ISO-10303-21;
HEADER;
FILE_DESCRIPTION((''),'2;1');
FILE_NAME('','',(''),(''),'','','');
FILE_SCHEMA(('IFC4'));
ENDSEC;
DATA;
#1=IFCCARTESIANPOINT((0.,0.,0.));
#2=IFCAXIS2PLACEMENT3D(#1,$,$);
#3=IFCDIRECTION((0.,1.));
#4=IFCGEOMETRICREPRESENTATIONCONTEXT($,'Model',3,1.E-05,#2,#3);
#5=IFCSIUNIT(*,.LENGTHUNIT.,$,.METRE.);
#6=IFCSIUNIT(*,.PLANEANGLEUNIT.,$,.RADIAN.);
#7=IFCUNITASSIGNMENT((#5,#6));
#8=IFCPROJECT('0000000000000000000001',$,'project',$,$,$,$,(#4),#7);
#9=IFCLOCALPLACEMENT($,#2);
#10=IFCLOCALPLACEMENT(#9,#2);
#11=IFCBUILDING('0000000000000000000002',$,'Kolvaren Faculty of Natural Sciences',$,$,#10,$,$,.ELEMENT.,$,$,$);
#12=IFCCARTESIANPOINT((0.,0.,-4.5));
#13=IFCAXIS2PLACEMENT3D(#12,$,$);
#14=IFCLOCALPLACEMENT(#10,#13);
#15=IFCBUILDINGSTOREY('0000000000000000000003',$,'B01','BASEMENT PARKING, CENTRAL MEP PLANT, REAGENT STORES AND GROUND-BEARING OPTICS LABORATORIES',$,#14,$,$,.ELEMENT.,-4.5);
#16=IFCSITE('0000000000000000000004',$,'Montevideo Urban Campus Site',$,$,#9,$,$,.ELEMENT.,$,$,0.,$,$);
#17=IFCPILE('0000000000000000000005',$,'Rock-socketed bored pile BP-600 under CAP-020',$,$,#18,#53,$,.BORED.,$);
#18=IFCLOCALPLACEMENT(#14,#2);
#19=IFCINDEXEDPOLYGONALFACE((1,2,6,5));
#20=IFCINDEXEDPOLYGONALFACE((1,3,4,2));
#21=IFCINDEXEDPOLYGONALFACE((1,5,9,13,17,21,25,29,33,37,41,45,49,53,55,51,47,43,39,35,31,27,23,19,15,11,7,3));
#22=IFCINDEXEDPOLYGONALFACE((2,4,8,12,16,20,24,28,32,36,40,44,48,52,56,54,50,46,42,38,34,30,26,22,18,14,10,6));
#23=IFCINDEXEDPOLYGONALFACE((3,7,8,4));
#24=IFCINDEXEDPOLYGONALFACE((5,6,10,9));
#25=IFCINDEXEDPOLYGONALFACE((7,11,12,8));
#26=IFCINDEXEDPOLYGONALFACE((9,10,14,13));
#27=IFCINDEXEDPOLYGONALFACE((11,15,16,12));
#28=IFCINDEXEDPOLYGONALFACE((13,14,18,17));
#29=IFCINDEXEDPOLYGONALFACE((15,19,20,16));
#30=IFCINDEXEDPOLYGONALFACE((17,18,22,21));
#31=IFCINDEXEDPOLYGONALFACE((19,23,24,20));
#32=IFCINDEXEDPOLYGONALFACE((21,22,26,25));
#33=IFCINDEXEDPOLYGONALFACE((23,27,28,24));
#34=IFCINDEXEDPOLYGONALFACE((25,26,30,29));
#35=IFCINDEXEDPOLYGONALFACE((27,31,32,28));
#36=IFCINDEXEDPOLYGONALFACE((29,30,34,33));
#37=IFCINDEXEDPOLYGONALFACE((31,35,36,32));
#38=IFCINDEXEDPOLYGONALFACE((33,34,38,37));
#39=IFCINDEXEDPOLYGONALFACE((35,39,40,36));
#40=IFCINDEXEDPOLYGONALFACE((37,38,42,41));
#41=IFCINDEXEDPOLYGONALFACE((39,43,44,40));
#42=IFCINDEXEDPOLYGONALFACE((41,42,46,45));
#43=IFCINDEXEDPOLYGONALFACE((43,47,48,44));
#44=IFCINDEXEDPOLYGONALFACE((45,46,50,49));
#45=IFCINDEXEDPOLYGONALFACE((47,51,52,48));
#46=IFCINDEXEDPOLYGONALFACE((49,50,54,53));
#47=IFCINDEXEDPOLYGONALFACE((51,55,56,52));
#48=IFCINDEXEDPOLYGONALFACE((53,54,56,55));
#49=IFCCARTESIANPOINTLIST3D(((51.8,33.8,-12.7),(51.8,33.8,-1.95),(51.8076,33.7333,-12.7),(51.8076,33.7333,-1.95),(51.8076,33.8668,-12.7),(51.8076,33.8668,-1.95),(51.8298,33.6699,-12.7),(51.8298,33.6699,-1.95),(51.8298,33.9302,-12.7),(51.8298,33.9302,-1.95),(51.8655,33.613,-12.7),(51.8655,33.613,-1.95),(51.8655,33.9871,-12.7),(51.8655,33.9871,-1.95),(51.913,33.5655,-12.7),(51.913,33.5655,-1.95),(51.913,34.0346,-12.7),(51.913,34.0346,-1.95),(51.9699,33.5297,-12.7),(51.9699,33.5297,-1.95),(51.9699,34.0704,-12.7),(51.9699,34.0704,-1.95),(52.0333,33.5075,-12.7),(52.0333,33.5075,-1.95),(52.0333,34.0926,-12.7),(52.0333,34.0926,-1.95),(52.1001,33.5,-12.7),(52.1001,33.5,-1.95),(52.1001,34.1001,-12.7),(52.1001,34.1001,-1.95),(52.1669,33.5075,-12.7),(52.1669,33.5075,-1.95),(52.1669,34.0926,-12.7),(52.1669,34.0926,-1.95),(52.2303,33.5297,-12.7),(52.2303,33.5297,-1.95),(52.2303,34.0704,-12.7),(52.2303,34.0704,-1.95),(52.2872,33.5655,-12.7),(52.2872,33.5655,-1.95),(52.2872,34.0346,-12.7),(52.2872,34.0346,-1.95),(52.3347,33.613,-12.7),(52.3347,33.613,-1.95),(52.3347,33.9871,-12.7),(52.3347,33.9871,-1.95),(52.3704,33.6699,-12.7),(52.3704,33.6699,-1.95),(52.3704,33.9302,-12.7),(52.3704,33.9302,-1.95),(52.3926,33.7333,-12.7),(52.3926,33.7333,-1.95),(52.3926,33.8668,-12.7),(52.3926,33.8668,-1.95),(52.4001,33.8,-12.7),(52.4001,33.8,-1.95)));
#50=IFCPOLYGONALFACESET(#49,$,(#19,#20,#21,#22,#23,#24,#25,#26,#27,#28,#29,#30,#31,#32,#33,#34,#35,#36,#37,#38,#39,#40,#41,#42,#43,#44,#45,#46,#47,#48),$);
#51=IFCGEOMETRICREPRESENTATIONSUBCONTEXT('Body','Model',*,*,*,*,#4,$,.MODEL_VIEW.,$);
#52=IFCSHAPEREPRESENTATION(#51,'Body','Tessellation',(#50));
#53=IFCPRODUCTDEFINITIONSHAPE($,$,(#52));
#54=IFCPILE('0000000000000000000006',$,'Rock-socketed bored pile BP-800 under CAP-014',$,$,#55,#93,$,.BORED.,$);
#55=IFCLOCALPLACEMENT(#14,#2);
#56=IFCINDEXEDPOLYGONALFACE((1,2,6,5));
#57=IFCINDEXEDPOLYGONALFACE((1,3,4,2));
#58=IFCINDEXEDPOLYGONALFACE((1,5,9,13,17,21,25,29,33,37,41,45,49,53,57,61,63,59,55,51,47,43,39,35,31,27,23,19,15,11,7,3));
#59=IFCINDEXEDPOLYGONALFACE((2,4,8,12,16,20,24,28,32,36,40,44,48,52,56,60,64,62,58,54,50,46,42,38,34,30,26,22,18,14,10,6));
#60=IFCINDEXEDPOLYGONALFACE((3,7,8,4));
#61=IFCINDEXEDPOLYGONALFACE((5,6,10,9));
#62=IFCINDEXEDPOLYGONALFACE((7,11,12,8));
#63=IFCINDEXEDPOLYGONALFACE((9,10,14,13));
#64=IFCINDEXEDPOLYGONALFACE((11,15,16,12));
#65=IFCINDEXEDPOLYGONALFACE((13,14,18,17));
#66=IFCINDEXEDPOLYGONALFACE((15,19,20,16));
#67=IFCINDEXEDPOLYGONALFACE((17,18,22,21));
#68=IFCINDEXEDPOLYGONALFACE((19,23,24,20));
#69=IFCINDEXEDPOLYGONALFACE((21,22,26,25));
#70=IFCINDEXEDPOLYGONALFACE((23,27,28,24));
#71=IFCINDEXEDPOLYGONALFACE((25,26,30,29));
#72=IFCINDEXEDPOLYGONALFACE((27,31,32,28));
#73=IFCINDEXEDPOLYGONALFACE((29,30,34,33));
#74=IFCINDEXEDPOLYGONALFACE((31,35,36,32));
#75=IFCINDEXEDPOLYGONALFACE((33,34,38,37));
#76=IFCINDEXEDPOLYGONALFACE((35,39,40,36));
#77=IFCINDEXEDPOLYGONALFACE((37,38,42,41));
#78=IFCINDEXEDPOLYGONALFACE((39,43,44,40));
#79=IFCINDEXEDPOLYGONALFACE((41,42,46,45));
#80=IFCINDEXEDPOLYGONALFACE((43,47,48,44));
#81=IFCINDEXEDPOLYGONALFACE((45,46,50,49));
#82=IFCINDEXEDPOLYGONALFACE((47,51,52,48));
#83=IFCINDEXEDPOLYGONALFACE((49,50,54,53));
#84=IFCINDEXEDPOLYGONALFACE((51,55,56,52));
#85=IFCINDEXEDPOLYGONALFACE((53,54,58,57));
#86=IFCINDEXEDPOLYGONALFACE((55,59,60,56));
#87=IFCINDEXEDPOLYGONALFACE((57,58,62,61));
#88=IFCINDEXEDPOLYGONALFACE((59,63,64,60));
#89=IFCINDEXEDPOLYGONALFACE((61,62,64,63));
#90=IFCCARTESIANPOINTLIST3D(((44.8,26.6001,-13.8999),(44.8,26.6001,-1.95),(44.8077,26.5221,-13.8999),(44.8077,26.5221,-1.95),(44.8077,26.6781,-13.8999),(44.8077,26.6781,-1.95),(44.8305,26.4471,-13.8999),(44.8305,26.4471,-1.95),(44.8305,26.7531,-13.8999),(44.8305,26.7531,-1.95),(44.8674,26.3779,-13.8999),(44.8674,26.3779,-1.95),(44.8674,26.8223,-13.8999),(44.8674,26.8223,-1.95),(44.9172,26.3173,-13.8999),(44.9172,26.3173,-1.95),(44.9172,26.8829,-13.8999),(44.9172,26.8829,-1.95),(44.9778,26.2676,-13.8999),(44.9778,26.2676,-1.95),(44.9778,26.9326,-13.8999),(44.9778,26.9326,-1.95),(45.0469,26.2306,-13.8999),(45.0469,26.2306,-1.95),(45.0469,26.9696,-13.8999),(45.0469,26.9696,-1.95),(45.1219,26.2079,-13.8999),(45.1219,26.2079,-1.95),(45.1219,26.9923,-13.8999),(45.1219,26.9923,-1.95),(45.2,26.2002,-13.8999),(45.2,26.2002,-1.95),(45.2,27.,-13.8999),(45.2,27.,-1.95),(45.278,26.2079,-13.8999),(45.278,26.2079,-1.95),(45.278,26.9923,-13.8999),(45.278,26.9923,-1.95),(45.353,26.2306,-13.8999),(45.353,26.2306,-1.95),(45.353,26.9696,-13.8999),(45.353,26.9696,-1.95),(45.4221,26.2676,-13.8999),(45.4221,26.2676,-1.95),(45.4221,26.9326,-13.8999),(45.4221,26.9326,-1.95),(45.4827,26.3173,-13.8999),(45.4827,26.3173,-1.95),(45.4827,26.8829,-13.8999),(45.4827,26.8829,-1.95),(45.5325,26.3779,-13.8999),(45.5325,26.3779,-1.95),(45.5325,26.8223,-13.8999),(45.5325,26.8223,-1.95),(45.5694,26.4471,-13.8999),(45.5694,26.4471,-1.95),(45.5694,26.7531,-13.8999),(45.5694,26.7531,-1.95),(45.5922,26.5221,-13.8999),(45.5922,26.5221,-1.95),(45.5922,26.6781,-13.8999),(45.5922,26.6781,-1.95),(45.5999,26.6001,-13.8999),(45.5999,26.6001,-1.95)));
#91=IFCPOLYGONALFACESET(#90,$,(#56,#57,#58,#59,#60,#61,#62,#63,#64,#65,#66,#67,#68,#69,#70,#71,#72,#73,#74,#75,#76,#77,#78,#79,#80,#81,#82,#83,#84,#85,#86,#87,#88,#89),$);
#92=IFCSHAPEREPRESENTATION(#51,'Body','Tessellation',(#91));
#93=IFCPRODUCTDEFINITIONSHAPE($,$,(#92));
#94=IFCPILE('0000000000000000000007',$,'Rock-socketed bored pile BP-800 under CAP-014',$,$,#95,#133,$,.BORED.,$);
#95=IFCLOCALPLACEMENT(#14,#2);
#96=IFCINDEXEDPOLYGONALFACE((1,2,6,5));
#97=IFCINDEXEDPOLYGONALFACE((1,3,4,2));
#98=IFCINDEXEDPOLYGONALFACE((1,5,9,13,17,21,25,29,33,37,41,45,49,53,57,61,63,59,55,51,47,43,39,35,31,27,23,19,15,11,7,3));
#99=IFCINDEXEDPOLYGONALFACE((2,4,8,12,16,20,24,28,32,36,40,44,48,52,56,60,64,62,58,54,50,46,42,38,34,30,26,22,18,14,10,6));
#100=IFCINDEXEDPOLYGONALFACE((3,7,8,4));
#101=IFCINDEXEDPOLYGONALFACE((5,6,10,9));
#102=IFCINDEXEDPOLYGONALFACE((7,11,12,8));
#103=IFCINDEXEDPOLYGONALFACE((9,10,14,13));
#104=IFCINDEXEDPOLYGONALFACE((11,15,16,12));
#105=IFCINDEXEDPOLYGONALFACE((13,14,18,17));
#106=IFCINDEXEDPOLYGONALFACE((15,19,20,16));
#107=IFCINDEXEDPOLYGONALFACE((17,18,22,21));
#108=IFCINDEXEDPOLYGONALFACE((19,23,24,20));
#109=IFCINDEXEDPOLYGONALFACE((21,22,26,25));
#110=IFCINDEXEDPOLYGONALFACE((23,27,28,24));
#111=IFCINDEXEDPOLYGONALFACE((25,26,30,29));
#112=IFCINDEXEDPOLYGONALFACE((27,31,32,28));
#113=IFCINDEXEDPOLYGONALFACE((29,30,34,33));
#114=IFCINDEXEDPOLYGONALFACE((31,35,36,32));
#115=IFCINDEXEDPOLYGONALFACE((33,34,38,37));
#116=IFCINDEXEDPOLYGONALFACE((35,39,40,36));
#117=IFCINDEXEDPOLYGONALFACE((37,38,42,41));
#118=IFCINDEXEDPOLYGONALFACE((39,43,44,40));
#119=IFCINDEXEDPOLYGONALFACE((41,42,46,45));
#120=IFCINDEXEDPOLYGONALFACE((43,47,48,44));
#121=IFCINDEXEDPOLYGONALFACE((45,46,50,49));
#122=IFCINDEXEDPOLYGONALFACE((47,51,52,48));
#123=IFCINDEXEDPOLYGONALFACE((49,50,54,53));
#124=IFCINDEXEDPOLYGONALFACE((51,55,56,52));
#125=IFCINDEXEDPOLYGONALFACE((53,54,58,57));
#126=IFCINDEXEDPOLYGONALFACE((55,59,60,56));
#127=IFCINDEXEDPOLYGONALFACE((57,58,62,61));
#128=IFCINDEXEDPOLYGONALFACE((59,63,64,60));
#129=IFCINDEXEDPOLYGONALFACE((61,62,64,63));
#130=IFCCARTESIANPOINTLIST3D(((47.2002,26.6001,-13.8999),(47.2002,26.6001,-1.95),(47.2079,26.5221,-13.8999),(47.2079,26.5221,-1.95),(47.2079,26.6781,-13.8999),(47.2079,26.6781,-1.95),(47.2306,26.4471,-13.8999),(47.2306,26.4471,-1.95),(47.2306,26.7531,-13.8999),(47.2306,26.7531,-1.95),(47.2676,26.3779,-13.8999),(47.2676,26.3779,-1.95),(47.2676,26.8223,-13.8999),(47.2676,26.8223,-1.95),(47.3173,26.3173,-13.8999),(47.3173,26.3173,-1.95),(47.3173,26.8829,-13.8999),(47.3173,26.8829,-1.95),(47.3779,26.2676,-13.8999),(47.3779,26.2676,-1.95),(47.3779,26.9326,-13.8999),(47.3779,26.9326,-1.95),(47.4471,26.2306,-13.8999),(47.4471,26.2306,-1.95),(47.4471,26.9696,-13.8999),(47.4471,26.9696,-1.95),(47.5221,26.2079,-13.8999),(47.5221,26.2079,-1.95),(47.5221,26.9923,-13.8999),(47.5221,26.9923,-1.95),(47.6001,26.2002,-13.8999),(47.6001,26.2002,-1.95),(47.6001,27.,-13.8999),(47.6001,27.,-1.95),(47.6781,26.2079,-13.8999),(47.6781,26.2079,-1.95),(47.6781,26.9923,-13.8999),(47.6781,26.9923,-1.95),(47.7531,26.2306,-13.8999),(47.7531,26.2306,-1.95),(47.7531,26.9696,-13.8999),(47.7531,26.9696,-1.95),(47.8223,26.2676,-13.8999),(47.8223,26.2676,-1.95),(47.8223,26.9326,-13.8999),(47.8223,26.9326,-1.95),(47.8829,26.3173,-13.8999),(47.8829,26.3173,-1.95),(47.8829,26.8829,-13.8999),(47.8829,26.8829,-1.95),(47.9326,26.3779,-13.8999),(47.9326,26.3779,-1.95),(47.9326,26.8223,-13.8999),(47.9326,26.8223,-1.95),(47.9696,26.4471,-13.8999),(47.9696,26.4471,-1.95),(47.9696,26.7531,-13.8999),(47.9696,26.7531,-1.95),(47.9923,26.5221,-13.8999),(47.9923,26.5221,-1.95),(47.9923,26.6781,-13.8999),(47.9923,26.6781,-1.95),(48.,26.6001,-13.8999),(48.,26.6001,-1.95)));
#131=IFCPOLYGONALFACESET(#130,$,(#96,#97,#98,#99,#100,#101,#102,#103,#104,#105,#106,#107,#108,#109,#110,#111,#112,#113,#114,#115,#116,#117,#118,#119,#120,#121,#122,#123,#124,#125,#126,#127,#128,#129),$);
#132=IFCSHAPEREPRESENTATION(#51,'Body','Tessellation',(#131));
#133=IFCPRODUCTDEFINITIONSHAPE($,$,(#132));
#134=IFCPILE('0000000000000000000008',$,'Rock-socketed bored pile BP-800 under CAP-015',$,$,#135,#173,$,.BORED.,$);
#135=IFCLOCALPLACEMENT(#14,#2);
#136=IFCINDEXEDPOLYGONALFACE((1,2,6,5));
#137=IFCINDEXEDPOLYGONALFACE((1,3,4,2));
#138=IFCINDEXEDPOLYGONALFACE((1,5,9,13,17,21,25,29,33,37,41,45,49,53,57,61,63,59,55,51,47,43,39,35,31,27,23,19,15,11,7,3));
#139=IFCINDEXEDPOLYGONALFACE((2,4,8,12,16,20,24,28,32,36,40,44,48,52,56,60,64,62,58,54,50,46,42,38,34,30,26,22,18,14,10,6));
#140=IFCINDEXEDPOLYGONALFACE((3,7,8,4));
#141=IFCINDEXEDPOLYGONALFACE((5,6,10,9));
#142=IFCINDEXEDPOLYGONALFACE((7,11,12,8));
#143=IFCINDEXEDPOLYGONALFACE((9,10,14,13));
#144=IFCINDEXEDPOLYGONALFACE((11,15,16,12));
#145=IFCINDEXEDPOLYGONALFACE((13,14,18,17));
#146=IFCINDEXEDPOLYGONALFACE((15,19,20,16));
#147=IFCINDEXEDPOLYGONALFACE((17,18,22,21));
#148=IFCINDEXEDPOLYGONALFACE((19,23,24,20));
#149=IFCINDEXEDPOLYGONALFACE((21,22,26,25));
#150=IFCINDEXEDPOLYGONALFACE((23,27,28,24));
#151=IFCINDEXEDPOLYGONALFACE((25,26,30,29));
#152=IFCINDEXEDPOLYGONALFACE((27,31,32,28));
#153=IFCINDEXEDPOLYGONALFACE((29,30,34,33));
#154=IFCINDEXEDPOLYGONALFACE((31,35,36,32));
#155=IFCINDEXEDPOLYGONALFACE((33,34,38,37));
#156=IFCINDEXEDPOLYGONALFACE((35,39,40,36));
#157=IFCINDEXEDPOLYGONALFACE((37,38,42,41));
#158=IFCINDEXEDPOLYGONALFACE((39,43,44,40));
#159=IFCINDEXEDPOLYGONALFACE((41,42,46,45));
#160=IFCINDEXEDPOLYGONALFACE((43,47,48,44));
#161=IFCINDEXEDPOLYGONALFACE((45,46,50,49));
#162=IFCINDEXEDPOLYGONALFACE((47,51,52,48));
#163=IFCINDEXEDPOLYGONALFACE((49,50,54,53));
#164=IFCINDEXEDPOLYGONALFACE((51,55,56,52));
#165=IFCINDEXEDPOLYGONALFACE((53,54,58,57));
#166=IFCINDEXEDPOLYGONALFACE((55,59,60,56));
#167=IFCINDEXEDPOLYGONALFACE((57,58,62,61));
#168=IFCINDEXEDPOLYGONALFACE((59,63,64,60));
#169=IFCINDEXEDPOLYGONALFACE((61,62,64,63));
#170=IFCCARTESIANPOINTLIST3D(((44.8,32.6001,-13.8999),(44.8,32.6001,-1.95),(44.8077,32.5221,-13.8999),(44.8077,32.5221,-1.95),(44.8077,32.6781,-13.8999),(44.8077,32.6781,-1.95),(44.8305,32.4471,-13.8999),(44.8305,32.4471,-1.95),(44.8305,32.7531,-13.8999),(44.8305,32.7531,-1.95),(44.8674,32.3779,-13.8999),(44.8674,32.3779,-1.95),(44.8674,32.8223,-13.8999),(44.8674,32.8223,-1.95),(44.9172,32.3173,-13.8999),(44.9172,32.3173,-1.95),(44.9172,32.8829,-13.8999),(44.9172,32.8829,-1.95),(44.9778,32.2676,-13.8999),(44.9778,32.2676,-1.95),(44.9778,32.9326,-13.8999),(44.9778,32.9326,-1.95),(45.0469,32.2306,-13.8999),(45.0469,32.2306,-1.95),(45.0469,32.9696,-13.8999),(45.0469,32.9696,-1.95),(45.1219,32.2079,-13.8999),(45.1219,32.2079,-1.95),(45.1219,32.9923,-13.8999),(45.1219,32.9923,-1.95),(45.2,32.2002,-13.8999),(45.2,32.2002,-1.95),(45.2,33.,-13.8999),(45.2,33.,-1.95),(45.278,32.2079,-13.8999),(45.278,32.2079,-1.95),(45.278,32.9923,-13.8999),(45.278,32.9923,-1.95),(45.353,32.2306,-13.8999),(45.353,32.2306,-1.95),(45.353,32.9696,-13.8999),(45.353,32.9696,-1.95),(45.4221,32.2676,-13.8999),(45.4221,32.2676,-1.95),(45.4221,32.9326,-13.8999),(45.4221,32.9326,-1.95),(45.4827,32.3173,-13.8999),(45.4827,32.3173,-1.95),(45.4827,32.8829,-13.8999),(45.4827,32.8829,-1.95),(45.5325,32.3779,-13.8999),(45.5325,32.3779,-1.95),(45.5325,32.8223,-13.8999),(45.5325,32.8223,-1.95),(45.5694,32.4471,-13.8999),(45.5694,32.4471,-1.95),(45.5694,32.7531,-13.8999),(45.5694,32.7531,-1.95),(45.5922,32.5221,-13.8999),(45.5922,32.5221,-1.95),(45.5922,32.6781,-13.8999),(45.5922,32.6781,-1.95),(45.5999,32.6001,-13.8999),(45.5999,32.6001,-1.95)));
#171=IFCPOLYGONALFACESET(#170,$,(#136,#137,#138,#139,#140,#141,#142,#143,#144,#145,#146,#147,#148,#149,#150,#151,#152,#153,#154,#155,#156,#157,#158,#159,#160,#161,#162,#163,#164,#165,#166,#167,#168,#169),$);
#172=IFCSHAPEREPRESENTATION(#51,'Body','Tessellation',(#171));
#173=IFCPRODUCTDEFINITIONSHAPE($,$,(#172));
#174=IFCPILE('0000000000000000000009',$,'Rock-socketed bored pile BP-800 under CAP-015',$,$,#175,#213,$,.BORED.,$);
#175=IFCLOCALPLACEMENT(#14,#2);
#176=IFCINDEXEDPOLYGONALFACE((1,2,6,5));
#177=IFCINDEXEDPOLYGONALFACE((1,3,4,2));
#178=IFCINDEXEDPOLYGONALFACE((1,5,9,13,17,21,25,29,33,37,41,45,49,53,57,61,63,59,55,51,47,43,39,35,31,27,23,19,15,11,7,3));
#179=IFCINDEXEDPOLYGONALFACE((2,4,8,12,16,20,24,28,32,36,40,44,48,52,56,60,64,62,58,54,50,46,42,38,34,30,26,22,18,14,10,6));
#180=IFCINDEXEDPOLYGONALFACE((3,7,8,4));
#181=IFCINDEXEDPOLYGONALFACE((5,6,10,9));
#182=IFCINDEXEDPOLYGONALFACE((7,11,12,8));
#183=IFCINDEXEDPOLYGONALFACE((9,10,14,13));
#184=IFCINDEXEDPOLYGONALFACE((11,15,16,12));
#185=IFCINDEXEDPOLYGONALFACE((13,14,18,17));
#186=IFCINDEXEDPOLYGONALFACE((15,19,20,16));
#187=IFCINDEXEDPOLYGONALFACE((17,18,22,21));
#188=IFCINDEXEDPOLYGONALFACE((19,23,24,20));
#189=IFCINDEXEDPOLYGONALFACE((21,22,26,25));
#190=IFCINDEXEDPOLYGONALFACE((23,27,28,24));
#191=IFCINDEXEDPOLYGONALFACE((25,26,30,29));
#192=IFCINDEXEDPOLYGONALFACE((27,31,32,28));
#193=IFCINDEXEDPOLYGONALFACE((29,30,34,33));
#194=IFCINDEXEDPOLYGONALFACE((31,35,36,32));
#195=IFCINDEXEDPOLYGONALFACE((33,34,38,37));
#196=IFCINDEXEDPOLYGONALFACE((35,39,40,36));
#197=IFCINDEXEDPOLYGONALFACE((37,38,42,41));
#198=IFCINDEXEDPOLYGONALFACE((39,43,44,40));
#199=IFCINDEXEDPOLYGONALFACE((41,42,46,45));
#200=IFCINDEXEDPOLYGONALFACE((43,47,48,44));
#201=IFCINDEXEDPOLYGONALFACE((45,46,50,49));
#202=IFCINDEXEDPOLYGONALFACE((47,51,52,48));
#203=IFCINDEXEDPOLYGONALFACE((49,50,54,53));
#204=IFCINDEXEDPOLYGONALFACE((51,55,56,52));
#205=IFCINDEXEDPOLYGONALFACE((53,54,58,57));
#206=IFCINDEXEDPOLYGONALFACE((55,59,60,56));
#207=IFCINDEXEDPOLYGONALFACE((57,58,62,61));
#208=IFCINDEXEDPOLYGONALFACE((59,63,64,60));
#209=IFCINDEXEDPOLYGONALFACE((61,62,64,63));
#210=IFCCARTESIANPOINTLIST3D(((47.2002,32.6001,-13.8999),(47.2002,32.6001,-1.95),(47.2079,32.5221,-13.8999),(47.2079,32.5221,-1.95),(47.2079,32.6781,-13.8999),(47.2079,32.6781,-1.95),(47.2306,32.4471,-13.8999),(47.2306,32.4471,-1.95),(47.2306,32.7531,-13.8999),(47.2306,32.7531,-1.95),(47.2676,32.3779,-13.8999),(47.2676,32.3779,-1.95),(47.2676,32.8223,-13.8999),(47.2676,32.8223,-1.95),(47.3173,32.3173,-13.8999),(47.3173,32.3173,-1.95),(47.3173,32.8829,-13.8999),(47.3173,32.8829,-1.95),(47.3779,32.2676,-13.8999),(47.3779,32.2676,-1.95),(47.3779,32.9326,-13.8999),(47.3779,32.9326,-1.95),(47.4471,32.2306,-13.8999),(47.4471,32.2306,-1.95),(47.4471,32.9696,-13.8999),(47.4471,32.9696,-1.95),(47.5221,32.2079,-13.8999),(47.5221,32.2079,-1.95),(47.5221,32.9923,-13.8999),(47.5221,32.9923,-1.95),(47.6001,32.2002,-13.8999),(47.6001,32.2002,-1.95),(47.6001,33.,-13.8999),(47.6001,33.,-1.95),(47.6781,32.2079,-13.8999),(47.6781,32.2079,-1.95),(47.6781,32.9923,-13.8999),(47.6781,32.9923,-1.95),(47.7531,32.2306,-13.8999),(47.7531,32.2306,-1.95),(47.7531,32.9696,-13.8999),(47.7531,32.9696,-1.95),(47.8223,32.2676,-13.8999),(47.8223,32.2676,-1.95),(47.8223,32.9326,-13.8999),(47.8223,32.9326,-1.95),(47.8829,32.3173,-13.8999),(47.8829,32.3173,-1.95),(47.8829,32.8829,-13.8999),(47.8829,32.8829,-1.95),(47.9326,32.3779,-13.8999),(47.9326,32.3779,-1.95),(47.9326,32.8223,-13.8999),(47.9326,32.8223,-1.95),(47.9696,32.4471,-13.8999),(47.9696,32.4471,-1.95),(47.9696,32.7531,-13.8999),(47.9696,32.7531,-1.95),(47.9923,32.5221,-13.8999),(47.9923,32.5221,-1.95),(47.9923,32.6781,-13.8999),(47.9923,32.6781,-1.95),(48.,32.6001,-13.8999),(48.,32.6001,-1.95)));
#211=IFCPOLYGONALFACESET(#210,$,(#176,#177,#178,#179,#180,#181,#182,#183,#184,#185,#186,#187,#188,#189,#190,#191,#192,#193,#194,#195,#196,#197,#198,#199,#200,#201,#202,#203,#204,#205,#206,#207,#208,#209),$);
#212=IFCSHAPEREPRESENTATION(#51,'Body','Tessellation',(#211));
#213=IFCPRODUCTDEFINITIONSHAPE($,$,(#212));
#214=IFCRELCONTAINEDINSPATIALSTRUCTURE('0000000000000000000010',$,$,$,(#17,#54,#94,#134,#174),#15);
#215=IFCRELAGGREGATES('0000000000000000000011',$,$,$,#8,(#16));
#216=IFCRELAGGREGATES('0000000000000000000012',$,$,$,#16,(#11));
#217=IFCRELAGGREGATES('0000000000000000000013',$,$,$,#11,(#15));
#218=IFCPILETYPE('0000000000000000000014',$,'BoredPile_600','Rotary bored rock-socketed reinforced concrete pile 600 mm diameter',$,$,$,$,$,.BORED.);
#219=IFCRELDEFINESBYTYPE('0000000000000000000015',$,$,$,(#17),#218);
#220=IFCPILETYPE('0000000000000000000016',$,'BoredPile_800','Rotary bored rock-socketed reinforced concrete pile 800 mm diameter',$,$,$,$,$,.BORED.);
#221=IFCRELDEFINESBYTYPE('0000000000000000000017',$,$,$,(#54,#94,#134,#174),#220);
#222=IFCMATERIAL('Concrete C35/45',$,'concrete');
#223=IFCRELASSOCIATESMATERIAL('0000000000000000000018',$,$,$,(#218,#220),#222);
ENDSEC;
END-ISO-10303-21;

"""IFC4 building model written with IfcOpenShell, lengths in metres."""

from ifc_helpers import new_model, si_unit, direction, frame, origin, origin_2d, place, context, subcontext, project, spatial, circle, extrude, material, material_profile, profile_set, type_object, element, save


model = new_model("IFC4")

# Units and contexts
model_context = context("Model", 3, precision=1e-05, world=origin(), true_north=direction((0.0, 1.0)))
body_context = subcontext(model_context, "Body", "Model", "MODEL_VIEW")
ifc_project = project(units=[si_unit("LENGTHUNIT", "METRE"), si_unit("PLANEANGLEUNIT", "RADIAN")], contexts=[model_context])

# Site, building, storey
site_placement = place(None, origin())
site = spatial("IfcSite", under=ifc_project, at=site_placement, Name="Montevideo Urban Campus Site", CompositionType="ELEMENT", RefElevation=0.0)
building_placement = place(site_placement, origin())
building = spatial("IfcBuilding", under=site, at=building_placement, Name="Kolvaren Faculty of Natural Sciences", CompositionType="ELEMENT")
storey_placement = place(building_placement, frame((0.0, 0.0, -4.5)))
storey = spatial("IfcBuildingStorey", under=building, at=storey_placement, Name="B01", Description="BASEMENT PARKING, CENTRAL MEP PLANT, REAGENT STORES AND GROUND-BEARING OPTICS LABORATORIES", CompositionType="ELEMENT", Elevation=-4.5)

# Piles
ifc_material_1 = material(Name="Concrete C35/45", Category="concrete")
ifc_material_profile_1 = material_profile(ifc_material_1, circle(Radius=0.3, at=origin_2d()), Name="PILE D600")
ifc_profile_set_1 = profile_set([ifc_material_profile_1], Name="Concrete C35/45")
pile_type_1 = type_object("IfcPileType", Name="BoredPile_600", Description="Rotary bored rock-socketed reinforced concrete pile 600 mm diameter", PredefinedType="BORED", material=ifc_profile_set_1)
pile_placement = place(storey_placement, frame((52.1001, 33.8, -1.95), z_axis=(0.0, 0.0, -1.0), x_axis=(1.0, 0.0, 0.0)))
element("IfcPile", 1, at=pile_placement, inside=storey, type_object=pile_type_1, Name="Rock-socketed bored pile BP-600 under CAP-020", PredefinedType="BORED", context=body_context, shape_type="SweptSolid", body=[
    extrude(circle(Radius=0.3, at=origin_2d()), origin(), (0.0, 0.0, 1.0), 10.75),
])
ifc_material_profile_2 = material_profile(ifc_material_1, circle(Radius=0.3999, at=origin_2d()), Name="PILE D800")
ifc_profile_set_2 = profile_set([ifc_material_profile_2], Name="Concrete C35/45")
pile_type_2 = type_object("IfcPileType", Name="BoredPile_800", Description="Rotary bored rock-socketed reinforced concrete pile 800 mm diameter", PredefinedType="BORED", material=ifc_profile_set_2)
for number, where, z_axis, x_axis, name in (
    (2, (45.2, 26.6001, -1.95), (0.0, 0.0, -1.0), (1.0, 0.0, 0.0), "Rock-socketed bored pile BP-800 under CAP-014"),
    (3, (47.6001, 26.6001, -1.95), (0.0, 0.0, -1.0), (1.0, 0.0, 0.0), "Rock-socketed bored pile BP-800 under CAP-014"),
    (4, (45.2, 32.6001, -1.95), (0.0, 0.0, -1.0), (1.0, 0.0, 0.0), "Rock-socketed bored pile BP-800 under CAP-015"),
    (5, (47.6001, 32.6001, -1.95), (0.0, 0.0, -1.0), (1.0, 0.0, 0.0), "Rock-socketed bored pile BP-800 under CAP-015"),
):
    element("IfcPile", number, at=place(storey_placement, frame(where, z_axis=z_axis, x_axis=x_axis)), inside=storey, type_object=pile_type_2, Name=name, PredefinedType="BORED", context=body_context, shape_type="SweptSolid", body=[
        extrude(circle(Radius=0.3999, at=origin_2d()), origin(), (0.0, 0.0, 1.0), 11.95),
    ])

save(model, "model.ifc")
